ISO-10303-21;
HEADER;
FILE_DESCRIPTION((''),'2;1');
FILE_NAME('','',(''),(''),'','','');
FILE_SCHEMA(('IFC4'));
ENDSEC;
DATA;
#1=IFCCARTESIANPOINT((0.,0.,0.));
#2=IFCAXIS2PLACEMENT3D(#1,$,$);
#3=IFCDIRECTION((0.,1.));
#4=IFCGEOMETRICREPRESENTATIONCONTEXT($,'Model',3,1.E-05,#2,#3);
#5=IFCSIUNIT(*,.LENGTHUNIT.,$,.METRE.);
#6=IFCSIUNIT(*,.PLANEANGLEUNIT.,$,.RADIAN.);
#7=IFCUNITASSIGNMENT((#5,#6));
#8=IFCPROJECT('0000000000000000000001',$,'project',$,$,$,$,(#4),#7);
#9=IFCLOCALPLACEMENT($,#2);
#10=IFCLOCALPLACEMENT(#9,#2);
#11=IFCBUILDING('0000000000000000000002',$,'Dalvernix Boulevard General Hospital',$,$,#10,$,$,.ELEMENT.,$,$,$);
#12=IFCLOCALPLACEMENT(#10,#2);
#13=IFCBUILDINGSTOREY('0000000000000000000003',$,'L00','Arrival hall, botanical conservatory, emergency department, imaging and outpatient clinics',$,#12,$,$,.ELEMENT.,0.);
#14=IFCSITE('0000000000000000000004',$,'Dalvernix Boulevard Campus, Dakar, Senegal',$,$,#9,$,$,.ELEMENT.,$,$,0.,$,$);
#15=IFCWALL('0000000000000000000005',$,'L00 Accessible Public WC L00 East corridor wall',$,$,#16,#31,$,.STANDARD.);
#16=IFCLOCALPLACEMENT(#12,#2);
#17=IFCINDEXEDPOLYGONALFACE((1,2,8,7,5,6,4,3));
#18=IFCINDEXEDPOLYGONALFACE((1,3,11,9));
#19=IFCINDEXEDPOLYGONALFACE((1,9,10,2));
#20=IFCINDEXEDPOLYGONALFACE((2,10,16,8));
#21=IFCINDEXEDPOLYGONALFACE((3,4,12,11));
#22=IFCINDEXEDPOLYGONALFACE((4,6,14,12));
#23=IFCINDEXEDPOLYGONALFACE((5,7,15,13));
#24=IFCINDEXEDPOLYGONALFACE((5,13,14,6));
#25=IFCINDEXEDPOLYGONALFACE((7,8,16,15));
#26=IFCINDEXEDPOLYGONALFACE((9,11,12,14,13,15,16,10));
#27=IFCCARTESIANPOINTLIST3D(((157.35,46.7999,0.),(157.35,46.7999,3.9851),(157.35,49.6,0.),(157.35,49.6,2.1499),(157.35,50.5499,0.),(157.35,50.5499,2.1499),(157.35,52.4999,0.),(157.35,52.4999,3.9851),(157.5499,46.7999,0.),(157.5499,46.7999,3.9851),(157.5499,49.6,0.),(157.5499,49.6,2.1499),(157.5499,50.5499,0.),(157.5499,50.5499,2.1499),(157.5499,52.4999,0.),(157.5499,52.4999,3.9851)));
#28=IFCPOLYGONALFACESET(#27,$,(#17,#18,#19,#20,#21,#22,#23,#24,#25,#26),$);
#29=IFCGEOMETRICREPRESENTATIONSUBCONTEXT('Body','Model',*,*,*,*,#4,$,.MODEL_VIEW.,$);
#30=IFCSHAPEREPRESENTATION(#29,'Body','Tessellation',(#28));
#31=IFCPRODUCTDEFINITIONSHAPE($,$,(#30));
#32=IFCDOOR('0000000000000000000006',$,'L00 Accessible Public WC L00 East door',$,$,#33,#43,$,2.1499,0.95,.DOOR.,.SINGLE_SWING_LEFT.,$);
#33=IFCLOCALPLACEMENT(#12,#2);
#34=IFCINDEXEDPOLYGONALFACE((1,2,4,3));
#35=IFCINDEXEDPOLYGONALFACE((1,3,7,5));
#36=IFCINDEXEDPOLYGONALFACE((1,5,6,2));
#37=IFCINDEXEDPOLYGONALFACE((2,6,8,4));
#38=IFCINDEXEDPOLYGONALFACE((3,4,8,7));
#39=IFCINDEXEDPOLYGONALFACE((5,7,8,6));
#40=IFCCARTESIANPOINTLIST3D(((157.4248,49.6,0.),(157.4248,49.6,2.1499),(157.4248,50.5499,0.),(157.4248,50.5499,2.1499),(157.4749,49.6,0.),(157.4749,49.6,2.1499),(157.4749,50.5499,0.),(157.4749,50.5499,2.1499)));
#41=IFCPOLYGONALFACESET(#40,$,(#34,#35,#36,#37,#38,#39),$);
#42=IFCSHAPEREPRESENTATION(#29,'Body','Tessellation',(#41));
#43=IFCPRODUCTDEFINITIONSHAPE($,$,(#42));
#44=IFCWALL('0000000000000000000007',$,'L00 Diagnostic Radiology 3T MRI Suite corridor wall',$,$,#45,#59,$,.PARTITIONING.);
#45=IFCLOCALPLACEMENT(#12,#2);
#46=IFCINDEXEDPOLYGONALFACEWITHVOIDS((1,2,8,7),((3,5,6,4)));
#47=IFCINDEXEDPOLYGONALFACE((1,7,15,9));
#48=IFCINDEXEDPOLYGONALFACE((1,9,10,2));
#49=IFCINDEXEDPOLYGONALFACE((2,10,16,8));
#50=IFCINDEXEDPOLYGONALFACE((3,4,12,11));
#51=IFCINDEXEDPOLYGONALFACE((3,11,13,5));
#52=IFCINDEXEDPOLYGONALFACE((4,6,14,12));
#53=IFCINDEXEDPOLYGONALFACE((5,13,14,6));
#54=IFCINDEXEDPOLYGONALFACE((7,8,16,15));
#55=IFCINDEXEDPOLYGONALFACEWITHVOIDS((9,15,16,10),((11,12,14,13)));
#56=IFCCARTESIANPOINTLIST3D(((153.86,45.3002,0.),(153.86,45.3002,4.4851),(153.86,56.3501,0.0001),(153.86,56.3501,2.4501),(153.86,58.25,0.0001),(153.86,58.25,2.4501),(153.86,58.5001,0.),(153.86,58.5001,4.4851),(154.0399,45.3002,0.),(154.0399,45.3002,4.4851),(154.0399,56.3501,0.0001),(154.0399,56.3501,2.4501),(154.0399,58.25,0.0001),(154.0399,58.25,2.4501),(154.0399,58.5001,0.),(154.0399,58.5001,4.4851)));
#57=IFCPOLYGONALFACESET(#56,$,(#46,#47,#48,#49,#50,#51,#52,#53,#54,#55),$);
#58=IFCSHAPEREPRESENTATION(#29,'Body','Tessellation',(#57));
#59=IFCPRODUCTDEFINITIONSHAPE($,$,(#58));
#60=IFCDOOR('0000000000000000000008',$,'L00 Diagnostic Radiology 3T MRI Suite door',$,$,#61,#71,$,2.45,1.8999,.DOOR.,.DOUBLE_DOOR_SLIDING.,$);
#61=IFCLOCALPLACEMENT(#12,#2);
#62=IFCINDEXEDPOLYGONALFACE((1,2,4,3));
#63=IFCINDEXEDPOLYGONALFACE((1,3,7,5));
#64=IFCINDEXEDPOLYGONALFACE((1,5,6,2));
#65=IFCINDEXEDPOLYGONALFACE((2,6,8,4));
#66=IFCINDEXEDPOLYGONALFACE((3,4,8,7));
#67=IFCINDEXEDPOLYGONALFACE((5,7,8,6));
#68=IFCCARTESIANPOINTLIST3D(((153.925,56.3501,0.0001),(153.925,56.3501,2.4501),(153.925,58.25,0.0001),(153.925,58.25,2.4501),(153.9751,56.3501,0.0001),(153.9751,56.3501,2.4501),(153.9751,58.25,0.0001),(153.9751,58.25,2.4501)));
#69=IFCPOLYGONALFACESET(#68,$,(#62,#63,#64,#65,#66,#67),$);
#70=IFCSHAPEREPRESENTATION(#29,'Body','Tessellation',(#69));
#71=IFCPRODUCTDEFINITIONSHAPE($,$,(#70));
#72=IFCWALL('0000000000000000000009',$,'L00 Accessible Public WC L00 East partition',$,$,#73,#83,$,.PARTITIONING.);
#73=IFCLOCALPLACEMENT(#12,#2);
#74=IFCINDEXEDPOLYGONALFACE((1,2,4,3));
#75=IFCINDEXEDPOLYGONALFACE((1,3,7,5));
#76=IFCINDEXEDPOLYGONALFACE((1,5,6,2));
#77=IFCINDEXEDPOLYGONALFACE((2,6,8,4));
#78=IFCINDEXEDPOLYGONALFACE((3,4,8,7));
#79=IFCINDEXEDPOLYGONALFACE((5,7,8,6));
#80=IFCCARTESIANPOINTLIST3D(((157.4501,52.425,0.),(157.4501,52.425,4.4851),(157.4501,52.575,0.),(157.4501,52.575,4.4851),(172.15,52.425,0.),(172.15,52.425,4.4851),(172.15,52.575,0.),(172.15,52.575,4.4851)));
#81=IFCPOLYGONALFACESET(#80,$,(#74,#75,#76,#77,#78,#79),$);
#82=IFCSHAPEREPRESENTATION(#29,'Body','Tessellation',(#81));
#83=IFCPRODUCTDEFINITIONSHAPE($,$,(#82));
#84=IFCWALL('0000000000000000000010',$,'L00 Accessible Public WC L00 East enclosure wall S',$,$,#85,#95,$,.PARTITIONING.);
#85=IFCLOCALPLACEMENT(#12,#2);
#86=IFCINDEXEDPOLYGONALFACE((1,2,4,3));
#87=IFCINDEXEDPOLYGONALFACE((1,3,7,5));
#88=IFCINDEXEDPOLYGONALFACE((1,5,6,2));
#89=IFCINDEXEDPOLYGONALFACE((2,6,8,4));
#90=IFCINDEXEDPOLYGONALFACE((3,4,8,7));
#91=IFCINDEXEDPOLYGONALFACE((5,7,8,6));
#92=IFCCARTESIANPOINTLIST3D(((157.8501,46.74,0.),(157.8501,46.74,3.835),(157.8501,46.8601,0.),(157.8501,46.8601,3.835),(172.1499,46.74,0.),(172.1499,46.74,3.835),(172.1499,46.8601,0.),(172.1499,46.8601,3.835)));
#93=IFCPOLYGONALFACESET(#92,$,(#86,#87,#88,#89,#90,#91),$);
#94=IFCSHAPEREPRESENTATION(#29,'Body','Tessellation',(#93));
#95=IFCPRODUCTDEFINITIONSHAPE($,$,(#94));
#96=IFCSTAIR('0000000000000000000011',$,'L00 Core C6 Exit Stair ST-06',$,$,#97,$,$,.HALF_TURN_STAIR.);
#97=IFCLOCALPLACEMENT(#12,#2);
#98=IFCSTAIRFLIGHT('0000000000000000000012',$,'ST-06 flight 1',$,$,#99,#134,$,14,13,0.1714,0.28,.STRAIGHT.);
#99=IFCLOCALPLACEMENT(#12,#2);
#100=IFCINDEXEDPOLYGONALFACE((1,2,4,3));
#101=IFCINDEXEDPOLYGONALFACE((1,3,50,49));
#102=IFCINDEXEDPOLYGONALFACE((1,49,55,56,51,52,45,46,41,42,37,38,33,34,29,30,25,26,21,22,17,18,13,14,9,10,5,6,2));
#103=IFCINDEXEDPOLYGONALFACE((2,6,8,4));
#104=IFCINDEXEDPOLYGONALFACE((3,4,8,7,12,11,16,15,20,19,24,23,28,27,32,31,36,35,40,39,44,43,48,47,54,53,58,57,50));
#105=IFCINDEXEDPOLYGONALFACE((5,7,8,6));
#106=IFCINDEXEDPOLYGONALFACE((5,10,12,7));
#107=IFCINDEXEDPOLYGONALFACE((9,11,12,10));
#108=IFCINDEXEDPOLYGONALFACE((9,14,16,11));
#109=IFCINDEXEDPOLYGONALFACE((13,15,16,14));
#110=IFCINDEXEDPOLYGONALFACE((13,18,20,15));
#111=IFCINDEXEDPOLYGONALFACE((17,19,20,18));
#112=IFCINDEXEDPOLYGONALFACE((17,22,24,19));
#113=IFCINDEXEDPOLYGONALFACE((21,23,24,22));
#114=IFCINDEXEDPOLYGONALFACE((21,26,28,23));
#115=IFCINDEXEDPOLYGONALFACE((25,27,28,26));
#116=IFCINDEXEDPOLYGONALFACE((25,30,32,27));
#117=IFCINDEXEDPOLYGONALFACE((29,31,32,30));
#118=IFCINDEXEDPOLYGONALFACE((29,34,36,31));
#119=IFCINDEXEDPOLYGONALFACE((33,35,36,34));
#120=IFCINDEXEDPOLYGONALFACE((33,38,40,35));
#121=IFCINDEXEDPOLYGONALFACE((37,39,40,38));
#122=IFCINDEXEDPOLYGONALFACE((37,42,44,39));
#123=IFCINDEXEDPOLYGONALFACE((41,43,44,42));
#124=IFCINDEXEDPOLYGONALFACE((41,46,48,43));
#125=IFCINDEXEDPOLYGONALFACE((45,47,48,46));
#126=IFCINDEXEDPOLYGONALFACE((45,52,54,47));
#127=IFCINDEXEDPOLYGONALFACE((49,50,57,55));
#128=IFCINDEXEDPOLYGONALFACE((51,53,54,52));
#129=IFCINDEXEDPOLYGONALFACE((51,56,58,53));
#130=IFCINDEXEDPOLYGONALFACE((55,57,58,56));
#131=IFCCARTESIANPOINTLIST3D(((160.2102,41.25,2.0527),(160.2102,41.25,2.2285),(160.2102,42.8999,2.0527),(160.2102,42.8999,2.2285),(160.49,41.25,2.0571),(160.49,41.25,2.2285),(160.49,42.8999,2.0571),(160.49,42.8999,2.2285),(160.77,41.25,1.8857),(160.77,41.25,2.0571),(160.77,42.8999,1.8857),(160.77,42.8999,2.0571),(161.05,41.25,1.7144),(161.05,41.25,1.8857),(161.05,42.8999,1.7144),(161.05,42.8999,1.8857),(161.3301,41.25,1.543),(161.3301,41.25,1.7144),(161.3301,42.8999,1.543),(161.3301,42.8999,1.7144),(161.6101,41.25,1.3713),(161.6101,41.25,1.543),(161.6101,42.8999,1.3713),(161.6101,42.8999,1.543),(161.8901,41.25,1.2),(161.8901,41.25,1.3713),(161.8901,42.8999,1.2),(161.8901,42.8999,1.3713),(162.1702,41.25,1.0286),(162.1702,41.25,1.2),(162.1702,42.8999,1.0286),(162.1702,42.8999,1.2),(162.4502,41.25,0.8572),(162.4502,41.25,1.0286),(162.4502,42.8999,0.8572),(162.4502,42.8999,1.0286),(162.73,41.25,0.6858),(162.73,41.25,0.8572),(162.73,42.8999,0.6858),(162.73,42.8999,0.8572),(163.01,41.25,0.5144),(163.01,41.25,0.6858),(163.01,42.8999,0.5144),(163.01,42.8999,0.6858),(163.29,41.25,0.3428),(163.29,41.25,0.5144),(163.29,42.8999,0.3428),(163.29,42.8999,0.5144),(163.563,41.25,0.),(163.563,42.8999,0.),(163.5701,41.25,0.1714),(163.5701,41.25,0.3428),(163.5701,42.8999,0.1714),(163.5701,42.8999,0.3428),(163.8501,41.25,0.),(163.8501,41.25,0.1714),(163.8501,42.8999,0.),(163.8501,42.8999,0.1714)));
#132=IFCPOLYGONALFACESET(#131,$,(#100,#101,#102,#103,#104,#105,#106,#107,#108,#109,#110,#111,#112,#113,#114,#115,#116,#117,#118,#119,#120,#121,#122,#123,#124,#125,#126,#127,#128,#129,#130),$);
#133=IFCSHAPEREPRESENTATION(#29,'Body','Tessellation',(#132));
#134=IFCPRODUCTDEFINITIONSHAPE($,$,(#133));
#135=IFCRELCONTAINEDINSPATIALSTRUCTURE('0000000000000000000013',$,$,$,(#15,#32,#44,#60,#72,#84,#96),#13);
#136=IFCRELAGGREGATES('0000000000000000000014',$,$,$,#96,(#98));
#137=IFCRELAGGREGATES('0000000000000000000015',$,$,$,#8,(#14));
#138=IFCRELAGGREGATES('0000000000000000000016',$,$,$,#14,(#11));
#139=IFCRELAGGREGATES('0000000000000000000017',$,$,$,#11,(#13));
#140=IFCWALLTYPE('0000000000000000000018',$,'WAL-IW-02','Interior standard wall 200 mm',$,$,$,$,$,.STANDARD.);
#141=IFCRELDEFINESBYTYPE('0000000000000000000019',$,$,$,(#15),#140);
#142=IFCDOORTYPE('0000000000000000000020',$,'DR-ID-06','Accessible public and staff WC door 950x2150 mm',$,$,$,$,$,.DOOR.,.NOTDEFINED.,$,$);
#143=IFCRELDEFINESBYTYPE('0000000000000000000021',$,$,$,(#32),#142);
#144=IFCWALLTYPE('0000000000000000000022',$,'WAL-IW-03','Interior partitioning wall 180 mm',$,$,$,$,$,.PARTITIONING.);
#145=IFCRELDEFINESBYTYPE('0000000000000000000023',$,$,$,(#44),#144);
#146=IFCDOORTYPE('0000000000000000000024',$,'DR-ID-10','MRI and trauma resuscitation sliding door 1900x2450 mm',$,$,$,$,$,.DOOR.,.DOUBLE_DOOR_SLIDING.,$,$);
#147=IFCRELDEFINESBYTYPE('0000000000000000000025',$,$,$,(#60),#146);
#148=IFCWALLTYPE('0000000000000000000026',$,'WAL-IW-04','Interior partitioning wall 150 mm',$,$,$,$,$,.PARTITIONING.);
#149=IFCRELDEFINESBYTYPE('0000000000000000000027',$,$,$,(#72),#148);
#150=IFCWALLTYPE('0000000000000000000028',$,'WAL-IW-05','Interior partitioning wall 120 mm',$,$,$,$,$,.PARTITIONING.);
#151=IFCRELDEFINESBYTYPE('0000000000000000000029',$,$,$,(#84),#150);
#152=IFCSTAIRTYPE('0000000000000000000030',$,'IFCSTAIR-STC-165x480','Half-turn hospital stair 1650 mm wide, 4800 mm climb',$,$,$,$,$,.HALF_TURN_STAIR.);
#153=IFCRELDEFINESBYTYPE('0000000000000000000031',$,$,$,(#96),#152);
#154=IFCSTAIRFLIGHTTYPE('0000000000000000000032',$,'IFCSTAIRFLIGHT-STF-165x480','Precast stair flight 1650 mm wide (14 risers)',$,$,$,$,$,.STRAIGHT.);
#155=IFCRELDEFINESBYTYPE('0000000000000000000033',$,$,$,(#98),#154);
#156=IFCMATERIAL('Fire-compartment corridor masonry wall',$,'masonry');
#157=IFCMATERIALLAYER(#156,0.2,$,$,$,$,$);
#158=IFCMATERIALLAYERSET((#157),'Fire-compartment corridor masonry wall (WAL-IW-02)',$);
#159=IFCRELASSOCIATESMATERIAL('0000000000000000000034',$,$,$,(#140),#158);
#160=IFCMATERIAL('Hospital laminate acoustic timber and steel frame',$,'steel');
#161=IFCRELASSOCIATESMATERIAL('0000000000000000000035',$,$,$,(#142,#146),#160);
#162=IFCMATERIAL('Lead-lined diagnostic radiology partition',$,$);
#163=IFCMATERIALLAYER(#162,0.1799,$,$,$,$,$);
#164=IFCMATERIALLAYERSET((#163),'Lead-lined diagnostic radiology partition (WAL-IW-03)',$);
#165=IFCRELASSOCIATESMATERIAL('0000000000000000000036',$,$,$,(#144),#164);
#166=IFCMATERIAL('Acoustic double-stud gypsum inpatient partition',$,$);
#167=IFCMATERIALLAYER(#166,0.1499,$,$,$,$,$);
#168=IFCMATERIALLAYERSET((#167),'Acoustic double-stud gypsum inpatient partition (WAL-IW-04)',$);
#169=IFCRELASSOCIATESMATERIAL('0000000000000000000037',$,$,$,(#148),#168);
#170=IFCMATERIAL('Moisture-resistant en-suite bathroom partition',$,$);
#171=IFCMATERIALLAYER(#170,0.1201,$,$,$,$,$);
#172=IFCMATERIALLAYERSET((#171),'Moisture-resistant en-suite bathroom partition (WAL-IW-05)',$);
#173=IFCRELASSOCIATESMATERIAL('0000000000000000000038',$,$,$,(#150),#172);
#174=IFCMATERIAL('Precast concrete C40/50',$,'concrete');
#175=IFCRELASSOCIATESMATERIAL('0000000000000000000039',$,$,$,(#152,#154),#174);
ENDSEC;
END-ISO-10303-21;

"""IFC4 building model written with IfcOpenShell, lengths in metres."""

from ifc_helpers import new_model, si_unit, direction, frame, frame_2d, origin, place, context, subcontext, project, spatial, polyline, rectangle, outline, extrude, material, layer, layer_set, type_object, element, fill, aggregate, save


model = new_model("IFC4")

# Units and contexts
model_context = context("Model", 3, precision=1e-05, world=origin(), true_north=direction((0.0, 1.0)))
body_context = subcontext(model_context, "Body", "Model", "MODEL_VIEW")
ifc_project = project(units=[si_unit("LENGTHUNIT", "METRE"), si_unit("PLANEANGLEUNIT", "RADIAN")], contexts=[model_context])

# Site, building, storey
site_placement = place(None, origin())
site = spatial("IfcSite", under=ifc_project, at=site_placement, Name="Dalvernix Boulevard Campus, Dakar, Senegal", CompositionType="ELEMENT", RefElevation=0.0)
building_placement = place(site_placement, origin())
building = spatial("IfcBuilding", under=site, at=building_placement, Name="Dalvernix Boulevard General Hospital", CompositionType="ELEMENT")
storey_placement = place(building_placement, origin())
storey = spatial("IfcBuildingStorey", under=building, at=storey_placement, Name="L00", Description="Arrival hall, botanical conservatory, emergency department, imaging and outpatient clinics", CompositionType="ELEMENT", Elevation=0.0)

# Walls, openings, doors
ifc_material_1 = material(Name="Fire-compartment corridor masonry wall", Category="masonry")
ifc_layer_1 = layer(ifc_material_1, 0.2)
ifc_layer_set_1 = layer_set([ifc_layer_1], Name="Fire-compartment corridor masonry wall (WAL-IW-02)")
wall_type_1 = type_object("IfcWallType", Name="WAL-IW-02", Description="Interior standard wall 200 mm", PredefinedType="STANDARD", material=ifc_layer_set_1)
wall_1_placement = place(storey_placement, frame((157.45, 52.5, 0.0), z_axis=(0.0, 0.0, 1.0), x_axis=(0.0, -1.0, 0.0)))
wall_1 = element("IfcWall", 1, at=wall_1_placement, inside=storey, type_object=wall_type_1, Name="L00 Accessible Public WC L00 East corridor wall", PredefinedType="STANDARD", context=body_context, shape_type="SweptSolid", body=[
    extrude(rectangle(XDim=5.7, YDim=0.2, at=frame_2d((2.8501, 0.0))), origin(), (0.0, 0.0, 1.0), 3.9851),
])
opening_1_placement = place(wall_1_placement, frame((1.95, 0.0, 0.0)))
opening_1 = element("IfcOpeningElement", 2, at=opening_1_placement, cuts=wall_1, PredefinedType="OPENING", context=body_context, shape_type="SweptSolid", body=[
    extrude(rectangle(XDim=0.95, YDim=2.1499, at=frame_2d((0.4751, 1.075))), frame((0.0, 0.1099, 0.0), z_axis=(0.0, -1.0, 0.0), x_axis=(1.0, 0.0, 0.0)), (0.0, 0.0, 1.0), 0.22),
])
ifc_material_2 = material(Name="Hospital laminate acoustic timber and steel frame", Category="steel")
door_type_1 = type_object("IfcDoorType", Name="DR-ID-06", Description="Accessible public and staff WC door 950x2150 mm", OperationType="NOTDEFINED", PredefinedType="DOOR", material=ifc_material_2)
door_1_placement = place(opening_1_placement, origin())
door_1 = element("IfcDoor", 3, at=door_1_placement, inside=storey, type_object=door_type_1, Name="L00 Accessible Public WC L00 East door", OperationType="SINGLE_SWING_LEFT", OverallHeight=2.1499, OverallWidth=0.95, PredefinedType="DOOR", context=body_context, shape_type="SweptSolid", body=[
    extrude(rectangle(XDim=0.95, YDim=2.1499, at=frame_2d((0.4751, 1.075))), frame((0.0, 0.0249, 0.0), z_axis=(0.0, -1.0, 0.0), x_axis=(1.0, 0.0, 0.0)), (0.0, 0.0, 1.0), 0.05),
])
fill(opening_1, door_1)
ifc_material_3 = material(Name="Lead-lined diagnostic radiology partition")
ifc_layer_2 = layer(ifc_material_3, 0.1799)
ifc_layer_set_2 = layer_set([ifc_layer_2], Name="Lead-lined diagnostic radiology partition (WAL-IW-03)")
wall_type_2 = type_object("IfcWallType", Name="WAL-IW-03", Description="Interior partitioning wall 180 mm", PredefinedType="PARTITIONING", material=ifc_layer_set_2)
wall_2_placement = place(storey_placement, frame((153.95, 45.3, 0.0), z_axis=(0.0, 0.0, 1.0), x_axis=(0.0, 1.0, 0.0)))
wall_2 = element("IfcWall", 4, at=wall_2_placement, inside=storey, type_object=wall_type_2, Name="L00 Diagnostic Radiology 3T MRI Suite corridor wall", PredefinedType="PARTITIONING", context=body_context, shape_type="SweptSolid", body=[
    extrude(rectangle(XDim=13.2, YDim=0.1799, at=frame_2d((6.6001, 0.0))), origin(), (0.0, 0.0, 1.0), 4.4851),
])
opening_2_placement = place(wall_2_placement, frame((11.05, 0.0, 0.0)))
opening_2 = element("IfcOpeningElement", 5, at=opening_2_placement, cuts=wall_2, PredefinedType="OPENING", context=body_context, shape_type="SweptSolid", body=[
    extrude(rectangle(XDim=1.8999, YDim=2.45, at=frame_2d((0.95, 1.2251))), frame((0.0, 0.0999, 0.0), z_axis=(0.0, -1.0, 0.0), x_axis=(1.0, 0.0, 0.0)), (0.0, 0.0, 1.0), 0.2),
])
door_type_2 = type_object("IfcDoorType", Name="DR-ID-10", Description="MRI and trauma resuscitation sliding door 1900x2450 mm", OperationType="DOUBLE_DOOR_SLIDING", PredefinedType="DOOR", material=ifc_material_2)
door_2_placement = place(opening_2_placement, origin())
door_2 = element("IfcDoor", 6, at=door_2_placement, inside=storey, type_object=door_type_2, Name="L00 Diagnostic Radiology 3T MRI Suite door", OperationType="DOUBLE_DOOR_SLIDING", OverallHeight=2.45, OverallWidth=1.8999, PredefinedType="DOOR", context=body_context, shape_type="SweptSolid", body=[
    extrude(rectangle(XDim=1.8999, YDim=2.45, at=frame_2d((0.95, 1.2251))), frame((0.0, 0.0249, 0.0), z_axis=(0.0, -1.0, 0.0), x_axis=(1.0, 0.0, 0.0)), (0.0, 0.0, 1.0), 0.05),
])
fill(opening_2, door_2)

# Walls
ifc_material_4 = material(Name="Acoustic double-stud gypsum inpatient partition")
ifc_layer_3 = layer(ifc_material_4, 0.1499)
ifc_layer_set_3 = layer_set([ifc_layer_3], Name="Acoustic double-stud gypsum inpatient partition (WAL-IW-04)")
wall_type_3 = type_object("IfcWallType", Name="WAL-IW-04", Description="Interior partitioning wall 150 mm", PredefinedType="PARTITIONING", material=ifc_layer_set_3)
wall_3_placement = place(storey_placement, frame((157.45, 52.5, 0.0), z_axis=(0.0, 0.0, 1.0), x_axis=(1.0, 0.0, 0.0)))
element("IfcWall", 7, at=wall_3_placement, inside=storey, type_object=wall_type_3, Name="L00 Accessible Public WC L00 East partition", PredefinedType="PARTITIONING", context=body_context, shape_type="SweptSolid", body=[
    extrude(rectangle(XDim=14.7, YDim=0.1499, at=frame_2d((7.3501, 0.0))), origin(), (0.0, 0.0, 1.0), 4.4851),
])
ifc_material_5 = material(Name="Moisture-resistant en-suite bathroom partition")
ifc_layer_4 = layer(ifc_material_5, 0.1201)
ifc_layer_set_4 = layer_set([ifc_layer_4], Name="Moisture-resistant en-suite bathroom partition (WAL-IW-05)")
wall_type_4 = type_object("IfcWallType", Name="WAL-IW-05", Description="Interior partitioning wall 120 mm", PredefinedType="PARTITIONING", material=ifc_layer_set_4)
wall_4_placement = place(storey_placement, frame((157.8501, 46.8, 0.0), z_axis=(0.0, 0.0, 1.0), x_axis=(1.0, 0.0, 0.0)))
element("IfcWall", 8, at=wall_4_placement, inside=storey, type_object=wall_type_4, Name="L00 Accessible Public WC L00 East enclosure wall S", PredefinedType="PARTITIONING", context=body_context, shape_type="SweptSolid", body=[
    extrude(rectangle(XDim=14.2998, YDim=0.1201, at=frame_2d((7.1499, 0.0))), origin(), (0.0, 0.0, 1.0), 3.835),
])

# Stair, stair flight
ifc_material_6 = material(Name="Precast concrete C40/50", Category="concrete")
stair_type = type_object("IfcStairType", Name="IFCSTAIR-STC-165x480", Description="Half-turn hospital stair 1650 mm wide, 4800 mm climb", PredefinedType="HALF_TURN_STAIR", material=ifc_material_6)
stair_placement = place(storey_placement, origin())
stair = element("IfcStair", 9, at=stair_placement, inside=storey, type_object=stair_type, Name="L00 Core C6 Exit Stair ST-06", PredefinedType="HALF_TURN_STAIR")
stair_flight_type = type_object("IfcStairFlightType", Name="IFCSTAIRFLIGHT-STF-165x480", Description="Precast stair flight 1650 mm wide (14 risers)", PredefinedType="STRAIGHT", material=ifc_material_6)
stair_flight_placement = place(storey_placement, frame((163.8501, 42.075, 0.0), z_axis=(0.0, 0.0, 1.0), x_axis=(-1.0, 0.0, 0.0)))
stair_flight = element("IfcStairFlight", 10, at=stair_flight_placement, type_object=stair_flight_type, Name="ST-06 flight 1", NumberOfRisers=14, NumberOfTreads=13, PredefinedType="STRAIGHT", RiserHeight=0.1714, TreadLength=0.28, context=body_context, shape_type="SweptSolid", body=[
    extrude(outline(polyline([(0.0, 0.0), (0.0, 0.1714), (0.28, 0.1714), (0.28, 0.3428), (0.5601, 0.3428), (0.5601, 0.5144), (0.8401, 0.5144), (0.8401, 0.6858), (1.1201, 0.6858), (1.1201, 0.8572), (1.3999, 0.8572), (1.3999, 1.0286), (1.6799, 1.0286), (1.6799, 1.2), (1.96, 1.2), (1.96, 1.3713), (2.24, 1.3713), (2.24, 1.543), (2.52, 1.543), (2.52, 1.7144), (2.8, 1.7144), (2.8, 1.8857), (3.0801, 1.8857), (3.0801, 2.0571), (3.3601, 2.0571), (3.3601, 2.2285), (3.6399, 2.2285), (3.6399, 2.3999), (3.6399, 2.0527), (0.2871, 0.0), (0.0, 0.0)])), frame((0.0, 0.825, 0.0), z_axis=(0.0, -1.0, 0.0), x_axis=(1.0, 0.0, 0.0)), (0.0, 0.0, 1.0), 1.6499),
])
aggregate(stair, [stair_flight])

save(model, "model.ifc")
